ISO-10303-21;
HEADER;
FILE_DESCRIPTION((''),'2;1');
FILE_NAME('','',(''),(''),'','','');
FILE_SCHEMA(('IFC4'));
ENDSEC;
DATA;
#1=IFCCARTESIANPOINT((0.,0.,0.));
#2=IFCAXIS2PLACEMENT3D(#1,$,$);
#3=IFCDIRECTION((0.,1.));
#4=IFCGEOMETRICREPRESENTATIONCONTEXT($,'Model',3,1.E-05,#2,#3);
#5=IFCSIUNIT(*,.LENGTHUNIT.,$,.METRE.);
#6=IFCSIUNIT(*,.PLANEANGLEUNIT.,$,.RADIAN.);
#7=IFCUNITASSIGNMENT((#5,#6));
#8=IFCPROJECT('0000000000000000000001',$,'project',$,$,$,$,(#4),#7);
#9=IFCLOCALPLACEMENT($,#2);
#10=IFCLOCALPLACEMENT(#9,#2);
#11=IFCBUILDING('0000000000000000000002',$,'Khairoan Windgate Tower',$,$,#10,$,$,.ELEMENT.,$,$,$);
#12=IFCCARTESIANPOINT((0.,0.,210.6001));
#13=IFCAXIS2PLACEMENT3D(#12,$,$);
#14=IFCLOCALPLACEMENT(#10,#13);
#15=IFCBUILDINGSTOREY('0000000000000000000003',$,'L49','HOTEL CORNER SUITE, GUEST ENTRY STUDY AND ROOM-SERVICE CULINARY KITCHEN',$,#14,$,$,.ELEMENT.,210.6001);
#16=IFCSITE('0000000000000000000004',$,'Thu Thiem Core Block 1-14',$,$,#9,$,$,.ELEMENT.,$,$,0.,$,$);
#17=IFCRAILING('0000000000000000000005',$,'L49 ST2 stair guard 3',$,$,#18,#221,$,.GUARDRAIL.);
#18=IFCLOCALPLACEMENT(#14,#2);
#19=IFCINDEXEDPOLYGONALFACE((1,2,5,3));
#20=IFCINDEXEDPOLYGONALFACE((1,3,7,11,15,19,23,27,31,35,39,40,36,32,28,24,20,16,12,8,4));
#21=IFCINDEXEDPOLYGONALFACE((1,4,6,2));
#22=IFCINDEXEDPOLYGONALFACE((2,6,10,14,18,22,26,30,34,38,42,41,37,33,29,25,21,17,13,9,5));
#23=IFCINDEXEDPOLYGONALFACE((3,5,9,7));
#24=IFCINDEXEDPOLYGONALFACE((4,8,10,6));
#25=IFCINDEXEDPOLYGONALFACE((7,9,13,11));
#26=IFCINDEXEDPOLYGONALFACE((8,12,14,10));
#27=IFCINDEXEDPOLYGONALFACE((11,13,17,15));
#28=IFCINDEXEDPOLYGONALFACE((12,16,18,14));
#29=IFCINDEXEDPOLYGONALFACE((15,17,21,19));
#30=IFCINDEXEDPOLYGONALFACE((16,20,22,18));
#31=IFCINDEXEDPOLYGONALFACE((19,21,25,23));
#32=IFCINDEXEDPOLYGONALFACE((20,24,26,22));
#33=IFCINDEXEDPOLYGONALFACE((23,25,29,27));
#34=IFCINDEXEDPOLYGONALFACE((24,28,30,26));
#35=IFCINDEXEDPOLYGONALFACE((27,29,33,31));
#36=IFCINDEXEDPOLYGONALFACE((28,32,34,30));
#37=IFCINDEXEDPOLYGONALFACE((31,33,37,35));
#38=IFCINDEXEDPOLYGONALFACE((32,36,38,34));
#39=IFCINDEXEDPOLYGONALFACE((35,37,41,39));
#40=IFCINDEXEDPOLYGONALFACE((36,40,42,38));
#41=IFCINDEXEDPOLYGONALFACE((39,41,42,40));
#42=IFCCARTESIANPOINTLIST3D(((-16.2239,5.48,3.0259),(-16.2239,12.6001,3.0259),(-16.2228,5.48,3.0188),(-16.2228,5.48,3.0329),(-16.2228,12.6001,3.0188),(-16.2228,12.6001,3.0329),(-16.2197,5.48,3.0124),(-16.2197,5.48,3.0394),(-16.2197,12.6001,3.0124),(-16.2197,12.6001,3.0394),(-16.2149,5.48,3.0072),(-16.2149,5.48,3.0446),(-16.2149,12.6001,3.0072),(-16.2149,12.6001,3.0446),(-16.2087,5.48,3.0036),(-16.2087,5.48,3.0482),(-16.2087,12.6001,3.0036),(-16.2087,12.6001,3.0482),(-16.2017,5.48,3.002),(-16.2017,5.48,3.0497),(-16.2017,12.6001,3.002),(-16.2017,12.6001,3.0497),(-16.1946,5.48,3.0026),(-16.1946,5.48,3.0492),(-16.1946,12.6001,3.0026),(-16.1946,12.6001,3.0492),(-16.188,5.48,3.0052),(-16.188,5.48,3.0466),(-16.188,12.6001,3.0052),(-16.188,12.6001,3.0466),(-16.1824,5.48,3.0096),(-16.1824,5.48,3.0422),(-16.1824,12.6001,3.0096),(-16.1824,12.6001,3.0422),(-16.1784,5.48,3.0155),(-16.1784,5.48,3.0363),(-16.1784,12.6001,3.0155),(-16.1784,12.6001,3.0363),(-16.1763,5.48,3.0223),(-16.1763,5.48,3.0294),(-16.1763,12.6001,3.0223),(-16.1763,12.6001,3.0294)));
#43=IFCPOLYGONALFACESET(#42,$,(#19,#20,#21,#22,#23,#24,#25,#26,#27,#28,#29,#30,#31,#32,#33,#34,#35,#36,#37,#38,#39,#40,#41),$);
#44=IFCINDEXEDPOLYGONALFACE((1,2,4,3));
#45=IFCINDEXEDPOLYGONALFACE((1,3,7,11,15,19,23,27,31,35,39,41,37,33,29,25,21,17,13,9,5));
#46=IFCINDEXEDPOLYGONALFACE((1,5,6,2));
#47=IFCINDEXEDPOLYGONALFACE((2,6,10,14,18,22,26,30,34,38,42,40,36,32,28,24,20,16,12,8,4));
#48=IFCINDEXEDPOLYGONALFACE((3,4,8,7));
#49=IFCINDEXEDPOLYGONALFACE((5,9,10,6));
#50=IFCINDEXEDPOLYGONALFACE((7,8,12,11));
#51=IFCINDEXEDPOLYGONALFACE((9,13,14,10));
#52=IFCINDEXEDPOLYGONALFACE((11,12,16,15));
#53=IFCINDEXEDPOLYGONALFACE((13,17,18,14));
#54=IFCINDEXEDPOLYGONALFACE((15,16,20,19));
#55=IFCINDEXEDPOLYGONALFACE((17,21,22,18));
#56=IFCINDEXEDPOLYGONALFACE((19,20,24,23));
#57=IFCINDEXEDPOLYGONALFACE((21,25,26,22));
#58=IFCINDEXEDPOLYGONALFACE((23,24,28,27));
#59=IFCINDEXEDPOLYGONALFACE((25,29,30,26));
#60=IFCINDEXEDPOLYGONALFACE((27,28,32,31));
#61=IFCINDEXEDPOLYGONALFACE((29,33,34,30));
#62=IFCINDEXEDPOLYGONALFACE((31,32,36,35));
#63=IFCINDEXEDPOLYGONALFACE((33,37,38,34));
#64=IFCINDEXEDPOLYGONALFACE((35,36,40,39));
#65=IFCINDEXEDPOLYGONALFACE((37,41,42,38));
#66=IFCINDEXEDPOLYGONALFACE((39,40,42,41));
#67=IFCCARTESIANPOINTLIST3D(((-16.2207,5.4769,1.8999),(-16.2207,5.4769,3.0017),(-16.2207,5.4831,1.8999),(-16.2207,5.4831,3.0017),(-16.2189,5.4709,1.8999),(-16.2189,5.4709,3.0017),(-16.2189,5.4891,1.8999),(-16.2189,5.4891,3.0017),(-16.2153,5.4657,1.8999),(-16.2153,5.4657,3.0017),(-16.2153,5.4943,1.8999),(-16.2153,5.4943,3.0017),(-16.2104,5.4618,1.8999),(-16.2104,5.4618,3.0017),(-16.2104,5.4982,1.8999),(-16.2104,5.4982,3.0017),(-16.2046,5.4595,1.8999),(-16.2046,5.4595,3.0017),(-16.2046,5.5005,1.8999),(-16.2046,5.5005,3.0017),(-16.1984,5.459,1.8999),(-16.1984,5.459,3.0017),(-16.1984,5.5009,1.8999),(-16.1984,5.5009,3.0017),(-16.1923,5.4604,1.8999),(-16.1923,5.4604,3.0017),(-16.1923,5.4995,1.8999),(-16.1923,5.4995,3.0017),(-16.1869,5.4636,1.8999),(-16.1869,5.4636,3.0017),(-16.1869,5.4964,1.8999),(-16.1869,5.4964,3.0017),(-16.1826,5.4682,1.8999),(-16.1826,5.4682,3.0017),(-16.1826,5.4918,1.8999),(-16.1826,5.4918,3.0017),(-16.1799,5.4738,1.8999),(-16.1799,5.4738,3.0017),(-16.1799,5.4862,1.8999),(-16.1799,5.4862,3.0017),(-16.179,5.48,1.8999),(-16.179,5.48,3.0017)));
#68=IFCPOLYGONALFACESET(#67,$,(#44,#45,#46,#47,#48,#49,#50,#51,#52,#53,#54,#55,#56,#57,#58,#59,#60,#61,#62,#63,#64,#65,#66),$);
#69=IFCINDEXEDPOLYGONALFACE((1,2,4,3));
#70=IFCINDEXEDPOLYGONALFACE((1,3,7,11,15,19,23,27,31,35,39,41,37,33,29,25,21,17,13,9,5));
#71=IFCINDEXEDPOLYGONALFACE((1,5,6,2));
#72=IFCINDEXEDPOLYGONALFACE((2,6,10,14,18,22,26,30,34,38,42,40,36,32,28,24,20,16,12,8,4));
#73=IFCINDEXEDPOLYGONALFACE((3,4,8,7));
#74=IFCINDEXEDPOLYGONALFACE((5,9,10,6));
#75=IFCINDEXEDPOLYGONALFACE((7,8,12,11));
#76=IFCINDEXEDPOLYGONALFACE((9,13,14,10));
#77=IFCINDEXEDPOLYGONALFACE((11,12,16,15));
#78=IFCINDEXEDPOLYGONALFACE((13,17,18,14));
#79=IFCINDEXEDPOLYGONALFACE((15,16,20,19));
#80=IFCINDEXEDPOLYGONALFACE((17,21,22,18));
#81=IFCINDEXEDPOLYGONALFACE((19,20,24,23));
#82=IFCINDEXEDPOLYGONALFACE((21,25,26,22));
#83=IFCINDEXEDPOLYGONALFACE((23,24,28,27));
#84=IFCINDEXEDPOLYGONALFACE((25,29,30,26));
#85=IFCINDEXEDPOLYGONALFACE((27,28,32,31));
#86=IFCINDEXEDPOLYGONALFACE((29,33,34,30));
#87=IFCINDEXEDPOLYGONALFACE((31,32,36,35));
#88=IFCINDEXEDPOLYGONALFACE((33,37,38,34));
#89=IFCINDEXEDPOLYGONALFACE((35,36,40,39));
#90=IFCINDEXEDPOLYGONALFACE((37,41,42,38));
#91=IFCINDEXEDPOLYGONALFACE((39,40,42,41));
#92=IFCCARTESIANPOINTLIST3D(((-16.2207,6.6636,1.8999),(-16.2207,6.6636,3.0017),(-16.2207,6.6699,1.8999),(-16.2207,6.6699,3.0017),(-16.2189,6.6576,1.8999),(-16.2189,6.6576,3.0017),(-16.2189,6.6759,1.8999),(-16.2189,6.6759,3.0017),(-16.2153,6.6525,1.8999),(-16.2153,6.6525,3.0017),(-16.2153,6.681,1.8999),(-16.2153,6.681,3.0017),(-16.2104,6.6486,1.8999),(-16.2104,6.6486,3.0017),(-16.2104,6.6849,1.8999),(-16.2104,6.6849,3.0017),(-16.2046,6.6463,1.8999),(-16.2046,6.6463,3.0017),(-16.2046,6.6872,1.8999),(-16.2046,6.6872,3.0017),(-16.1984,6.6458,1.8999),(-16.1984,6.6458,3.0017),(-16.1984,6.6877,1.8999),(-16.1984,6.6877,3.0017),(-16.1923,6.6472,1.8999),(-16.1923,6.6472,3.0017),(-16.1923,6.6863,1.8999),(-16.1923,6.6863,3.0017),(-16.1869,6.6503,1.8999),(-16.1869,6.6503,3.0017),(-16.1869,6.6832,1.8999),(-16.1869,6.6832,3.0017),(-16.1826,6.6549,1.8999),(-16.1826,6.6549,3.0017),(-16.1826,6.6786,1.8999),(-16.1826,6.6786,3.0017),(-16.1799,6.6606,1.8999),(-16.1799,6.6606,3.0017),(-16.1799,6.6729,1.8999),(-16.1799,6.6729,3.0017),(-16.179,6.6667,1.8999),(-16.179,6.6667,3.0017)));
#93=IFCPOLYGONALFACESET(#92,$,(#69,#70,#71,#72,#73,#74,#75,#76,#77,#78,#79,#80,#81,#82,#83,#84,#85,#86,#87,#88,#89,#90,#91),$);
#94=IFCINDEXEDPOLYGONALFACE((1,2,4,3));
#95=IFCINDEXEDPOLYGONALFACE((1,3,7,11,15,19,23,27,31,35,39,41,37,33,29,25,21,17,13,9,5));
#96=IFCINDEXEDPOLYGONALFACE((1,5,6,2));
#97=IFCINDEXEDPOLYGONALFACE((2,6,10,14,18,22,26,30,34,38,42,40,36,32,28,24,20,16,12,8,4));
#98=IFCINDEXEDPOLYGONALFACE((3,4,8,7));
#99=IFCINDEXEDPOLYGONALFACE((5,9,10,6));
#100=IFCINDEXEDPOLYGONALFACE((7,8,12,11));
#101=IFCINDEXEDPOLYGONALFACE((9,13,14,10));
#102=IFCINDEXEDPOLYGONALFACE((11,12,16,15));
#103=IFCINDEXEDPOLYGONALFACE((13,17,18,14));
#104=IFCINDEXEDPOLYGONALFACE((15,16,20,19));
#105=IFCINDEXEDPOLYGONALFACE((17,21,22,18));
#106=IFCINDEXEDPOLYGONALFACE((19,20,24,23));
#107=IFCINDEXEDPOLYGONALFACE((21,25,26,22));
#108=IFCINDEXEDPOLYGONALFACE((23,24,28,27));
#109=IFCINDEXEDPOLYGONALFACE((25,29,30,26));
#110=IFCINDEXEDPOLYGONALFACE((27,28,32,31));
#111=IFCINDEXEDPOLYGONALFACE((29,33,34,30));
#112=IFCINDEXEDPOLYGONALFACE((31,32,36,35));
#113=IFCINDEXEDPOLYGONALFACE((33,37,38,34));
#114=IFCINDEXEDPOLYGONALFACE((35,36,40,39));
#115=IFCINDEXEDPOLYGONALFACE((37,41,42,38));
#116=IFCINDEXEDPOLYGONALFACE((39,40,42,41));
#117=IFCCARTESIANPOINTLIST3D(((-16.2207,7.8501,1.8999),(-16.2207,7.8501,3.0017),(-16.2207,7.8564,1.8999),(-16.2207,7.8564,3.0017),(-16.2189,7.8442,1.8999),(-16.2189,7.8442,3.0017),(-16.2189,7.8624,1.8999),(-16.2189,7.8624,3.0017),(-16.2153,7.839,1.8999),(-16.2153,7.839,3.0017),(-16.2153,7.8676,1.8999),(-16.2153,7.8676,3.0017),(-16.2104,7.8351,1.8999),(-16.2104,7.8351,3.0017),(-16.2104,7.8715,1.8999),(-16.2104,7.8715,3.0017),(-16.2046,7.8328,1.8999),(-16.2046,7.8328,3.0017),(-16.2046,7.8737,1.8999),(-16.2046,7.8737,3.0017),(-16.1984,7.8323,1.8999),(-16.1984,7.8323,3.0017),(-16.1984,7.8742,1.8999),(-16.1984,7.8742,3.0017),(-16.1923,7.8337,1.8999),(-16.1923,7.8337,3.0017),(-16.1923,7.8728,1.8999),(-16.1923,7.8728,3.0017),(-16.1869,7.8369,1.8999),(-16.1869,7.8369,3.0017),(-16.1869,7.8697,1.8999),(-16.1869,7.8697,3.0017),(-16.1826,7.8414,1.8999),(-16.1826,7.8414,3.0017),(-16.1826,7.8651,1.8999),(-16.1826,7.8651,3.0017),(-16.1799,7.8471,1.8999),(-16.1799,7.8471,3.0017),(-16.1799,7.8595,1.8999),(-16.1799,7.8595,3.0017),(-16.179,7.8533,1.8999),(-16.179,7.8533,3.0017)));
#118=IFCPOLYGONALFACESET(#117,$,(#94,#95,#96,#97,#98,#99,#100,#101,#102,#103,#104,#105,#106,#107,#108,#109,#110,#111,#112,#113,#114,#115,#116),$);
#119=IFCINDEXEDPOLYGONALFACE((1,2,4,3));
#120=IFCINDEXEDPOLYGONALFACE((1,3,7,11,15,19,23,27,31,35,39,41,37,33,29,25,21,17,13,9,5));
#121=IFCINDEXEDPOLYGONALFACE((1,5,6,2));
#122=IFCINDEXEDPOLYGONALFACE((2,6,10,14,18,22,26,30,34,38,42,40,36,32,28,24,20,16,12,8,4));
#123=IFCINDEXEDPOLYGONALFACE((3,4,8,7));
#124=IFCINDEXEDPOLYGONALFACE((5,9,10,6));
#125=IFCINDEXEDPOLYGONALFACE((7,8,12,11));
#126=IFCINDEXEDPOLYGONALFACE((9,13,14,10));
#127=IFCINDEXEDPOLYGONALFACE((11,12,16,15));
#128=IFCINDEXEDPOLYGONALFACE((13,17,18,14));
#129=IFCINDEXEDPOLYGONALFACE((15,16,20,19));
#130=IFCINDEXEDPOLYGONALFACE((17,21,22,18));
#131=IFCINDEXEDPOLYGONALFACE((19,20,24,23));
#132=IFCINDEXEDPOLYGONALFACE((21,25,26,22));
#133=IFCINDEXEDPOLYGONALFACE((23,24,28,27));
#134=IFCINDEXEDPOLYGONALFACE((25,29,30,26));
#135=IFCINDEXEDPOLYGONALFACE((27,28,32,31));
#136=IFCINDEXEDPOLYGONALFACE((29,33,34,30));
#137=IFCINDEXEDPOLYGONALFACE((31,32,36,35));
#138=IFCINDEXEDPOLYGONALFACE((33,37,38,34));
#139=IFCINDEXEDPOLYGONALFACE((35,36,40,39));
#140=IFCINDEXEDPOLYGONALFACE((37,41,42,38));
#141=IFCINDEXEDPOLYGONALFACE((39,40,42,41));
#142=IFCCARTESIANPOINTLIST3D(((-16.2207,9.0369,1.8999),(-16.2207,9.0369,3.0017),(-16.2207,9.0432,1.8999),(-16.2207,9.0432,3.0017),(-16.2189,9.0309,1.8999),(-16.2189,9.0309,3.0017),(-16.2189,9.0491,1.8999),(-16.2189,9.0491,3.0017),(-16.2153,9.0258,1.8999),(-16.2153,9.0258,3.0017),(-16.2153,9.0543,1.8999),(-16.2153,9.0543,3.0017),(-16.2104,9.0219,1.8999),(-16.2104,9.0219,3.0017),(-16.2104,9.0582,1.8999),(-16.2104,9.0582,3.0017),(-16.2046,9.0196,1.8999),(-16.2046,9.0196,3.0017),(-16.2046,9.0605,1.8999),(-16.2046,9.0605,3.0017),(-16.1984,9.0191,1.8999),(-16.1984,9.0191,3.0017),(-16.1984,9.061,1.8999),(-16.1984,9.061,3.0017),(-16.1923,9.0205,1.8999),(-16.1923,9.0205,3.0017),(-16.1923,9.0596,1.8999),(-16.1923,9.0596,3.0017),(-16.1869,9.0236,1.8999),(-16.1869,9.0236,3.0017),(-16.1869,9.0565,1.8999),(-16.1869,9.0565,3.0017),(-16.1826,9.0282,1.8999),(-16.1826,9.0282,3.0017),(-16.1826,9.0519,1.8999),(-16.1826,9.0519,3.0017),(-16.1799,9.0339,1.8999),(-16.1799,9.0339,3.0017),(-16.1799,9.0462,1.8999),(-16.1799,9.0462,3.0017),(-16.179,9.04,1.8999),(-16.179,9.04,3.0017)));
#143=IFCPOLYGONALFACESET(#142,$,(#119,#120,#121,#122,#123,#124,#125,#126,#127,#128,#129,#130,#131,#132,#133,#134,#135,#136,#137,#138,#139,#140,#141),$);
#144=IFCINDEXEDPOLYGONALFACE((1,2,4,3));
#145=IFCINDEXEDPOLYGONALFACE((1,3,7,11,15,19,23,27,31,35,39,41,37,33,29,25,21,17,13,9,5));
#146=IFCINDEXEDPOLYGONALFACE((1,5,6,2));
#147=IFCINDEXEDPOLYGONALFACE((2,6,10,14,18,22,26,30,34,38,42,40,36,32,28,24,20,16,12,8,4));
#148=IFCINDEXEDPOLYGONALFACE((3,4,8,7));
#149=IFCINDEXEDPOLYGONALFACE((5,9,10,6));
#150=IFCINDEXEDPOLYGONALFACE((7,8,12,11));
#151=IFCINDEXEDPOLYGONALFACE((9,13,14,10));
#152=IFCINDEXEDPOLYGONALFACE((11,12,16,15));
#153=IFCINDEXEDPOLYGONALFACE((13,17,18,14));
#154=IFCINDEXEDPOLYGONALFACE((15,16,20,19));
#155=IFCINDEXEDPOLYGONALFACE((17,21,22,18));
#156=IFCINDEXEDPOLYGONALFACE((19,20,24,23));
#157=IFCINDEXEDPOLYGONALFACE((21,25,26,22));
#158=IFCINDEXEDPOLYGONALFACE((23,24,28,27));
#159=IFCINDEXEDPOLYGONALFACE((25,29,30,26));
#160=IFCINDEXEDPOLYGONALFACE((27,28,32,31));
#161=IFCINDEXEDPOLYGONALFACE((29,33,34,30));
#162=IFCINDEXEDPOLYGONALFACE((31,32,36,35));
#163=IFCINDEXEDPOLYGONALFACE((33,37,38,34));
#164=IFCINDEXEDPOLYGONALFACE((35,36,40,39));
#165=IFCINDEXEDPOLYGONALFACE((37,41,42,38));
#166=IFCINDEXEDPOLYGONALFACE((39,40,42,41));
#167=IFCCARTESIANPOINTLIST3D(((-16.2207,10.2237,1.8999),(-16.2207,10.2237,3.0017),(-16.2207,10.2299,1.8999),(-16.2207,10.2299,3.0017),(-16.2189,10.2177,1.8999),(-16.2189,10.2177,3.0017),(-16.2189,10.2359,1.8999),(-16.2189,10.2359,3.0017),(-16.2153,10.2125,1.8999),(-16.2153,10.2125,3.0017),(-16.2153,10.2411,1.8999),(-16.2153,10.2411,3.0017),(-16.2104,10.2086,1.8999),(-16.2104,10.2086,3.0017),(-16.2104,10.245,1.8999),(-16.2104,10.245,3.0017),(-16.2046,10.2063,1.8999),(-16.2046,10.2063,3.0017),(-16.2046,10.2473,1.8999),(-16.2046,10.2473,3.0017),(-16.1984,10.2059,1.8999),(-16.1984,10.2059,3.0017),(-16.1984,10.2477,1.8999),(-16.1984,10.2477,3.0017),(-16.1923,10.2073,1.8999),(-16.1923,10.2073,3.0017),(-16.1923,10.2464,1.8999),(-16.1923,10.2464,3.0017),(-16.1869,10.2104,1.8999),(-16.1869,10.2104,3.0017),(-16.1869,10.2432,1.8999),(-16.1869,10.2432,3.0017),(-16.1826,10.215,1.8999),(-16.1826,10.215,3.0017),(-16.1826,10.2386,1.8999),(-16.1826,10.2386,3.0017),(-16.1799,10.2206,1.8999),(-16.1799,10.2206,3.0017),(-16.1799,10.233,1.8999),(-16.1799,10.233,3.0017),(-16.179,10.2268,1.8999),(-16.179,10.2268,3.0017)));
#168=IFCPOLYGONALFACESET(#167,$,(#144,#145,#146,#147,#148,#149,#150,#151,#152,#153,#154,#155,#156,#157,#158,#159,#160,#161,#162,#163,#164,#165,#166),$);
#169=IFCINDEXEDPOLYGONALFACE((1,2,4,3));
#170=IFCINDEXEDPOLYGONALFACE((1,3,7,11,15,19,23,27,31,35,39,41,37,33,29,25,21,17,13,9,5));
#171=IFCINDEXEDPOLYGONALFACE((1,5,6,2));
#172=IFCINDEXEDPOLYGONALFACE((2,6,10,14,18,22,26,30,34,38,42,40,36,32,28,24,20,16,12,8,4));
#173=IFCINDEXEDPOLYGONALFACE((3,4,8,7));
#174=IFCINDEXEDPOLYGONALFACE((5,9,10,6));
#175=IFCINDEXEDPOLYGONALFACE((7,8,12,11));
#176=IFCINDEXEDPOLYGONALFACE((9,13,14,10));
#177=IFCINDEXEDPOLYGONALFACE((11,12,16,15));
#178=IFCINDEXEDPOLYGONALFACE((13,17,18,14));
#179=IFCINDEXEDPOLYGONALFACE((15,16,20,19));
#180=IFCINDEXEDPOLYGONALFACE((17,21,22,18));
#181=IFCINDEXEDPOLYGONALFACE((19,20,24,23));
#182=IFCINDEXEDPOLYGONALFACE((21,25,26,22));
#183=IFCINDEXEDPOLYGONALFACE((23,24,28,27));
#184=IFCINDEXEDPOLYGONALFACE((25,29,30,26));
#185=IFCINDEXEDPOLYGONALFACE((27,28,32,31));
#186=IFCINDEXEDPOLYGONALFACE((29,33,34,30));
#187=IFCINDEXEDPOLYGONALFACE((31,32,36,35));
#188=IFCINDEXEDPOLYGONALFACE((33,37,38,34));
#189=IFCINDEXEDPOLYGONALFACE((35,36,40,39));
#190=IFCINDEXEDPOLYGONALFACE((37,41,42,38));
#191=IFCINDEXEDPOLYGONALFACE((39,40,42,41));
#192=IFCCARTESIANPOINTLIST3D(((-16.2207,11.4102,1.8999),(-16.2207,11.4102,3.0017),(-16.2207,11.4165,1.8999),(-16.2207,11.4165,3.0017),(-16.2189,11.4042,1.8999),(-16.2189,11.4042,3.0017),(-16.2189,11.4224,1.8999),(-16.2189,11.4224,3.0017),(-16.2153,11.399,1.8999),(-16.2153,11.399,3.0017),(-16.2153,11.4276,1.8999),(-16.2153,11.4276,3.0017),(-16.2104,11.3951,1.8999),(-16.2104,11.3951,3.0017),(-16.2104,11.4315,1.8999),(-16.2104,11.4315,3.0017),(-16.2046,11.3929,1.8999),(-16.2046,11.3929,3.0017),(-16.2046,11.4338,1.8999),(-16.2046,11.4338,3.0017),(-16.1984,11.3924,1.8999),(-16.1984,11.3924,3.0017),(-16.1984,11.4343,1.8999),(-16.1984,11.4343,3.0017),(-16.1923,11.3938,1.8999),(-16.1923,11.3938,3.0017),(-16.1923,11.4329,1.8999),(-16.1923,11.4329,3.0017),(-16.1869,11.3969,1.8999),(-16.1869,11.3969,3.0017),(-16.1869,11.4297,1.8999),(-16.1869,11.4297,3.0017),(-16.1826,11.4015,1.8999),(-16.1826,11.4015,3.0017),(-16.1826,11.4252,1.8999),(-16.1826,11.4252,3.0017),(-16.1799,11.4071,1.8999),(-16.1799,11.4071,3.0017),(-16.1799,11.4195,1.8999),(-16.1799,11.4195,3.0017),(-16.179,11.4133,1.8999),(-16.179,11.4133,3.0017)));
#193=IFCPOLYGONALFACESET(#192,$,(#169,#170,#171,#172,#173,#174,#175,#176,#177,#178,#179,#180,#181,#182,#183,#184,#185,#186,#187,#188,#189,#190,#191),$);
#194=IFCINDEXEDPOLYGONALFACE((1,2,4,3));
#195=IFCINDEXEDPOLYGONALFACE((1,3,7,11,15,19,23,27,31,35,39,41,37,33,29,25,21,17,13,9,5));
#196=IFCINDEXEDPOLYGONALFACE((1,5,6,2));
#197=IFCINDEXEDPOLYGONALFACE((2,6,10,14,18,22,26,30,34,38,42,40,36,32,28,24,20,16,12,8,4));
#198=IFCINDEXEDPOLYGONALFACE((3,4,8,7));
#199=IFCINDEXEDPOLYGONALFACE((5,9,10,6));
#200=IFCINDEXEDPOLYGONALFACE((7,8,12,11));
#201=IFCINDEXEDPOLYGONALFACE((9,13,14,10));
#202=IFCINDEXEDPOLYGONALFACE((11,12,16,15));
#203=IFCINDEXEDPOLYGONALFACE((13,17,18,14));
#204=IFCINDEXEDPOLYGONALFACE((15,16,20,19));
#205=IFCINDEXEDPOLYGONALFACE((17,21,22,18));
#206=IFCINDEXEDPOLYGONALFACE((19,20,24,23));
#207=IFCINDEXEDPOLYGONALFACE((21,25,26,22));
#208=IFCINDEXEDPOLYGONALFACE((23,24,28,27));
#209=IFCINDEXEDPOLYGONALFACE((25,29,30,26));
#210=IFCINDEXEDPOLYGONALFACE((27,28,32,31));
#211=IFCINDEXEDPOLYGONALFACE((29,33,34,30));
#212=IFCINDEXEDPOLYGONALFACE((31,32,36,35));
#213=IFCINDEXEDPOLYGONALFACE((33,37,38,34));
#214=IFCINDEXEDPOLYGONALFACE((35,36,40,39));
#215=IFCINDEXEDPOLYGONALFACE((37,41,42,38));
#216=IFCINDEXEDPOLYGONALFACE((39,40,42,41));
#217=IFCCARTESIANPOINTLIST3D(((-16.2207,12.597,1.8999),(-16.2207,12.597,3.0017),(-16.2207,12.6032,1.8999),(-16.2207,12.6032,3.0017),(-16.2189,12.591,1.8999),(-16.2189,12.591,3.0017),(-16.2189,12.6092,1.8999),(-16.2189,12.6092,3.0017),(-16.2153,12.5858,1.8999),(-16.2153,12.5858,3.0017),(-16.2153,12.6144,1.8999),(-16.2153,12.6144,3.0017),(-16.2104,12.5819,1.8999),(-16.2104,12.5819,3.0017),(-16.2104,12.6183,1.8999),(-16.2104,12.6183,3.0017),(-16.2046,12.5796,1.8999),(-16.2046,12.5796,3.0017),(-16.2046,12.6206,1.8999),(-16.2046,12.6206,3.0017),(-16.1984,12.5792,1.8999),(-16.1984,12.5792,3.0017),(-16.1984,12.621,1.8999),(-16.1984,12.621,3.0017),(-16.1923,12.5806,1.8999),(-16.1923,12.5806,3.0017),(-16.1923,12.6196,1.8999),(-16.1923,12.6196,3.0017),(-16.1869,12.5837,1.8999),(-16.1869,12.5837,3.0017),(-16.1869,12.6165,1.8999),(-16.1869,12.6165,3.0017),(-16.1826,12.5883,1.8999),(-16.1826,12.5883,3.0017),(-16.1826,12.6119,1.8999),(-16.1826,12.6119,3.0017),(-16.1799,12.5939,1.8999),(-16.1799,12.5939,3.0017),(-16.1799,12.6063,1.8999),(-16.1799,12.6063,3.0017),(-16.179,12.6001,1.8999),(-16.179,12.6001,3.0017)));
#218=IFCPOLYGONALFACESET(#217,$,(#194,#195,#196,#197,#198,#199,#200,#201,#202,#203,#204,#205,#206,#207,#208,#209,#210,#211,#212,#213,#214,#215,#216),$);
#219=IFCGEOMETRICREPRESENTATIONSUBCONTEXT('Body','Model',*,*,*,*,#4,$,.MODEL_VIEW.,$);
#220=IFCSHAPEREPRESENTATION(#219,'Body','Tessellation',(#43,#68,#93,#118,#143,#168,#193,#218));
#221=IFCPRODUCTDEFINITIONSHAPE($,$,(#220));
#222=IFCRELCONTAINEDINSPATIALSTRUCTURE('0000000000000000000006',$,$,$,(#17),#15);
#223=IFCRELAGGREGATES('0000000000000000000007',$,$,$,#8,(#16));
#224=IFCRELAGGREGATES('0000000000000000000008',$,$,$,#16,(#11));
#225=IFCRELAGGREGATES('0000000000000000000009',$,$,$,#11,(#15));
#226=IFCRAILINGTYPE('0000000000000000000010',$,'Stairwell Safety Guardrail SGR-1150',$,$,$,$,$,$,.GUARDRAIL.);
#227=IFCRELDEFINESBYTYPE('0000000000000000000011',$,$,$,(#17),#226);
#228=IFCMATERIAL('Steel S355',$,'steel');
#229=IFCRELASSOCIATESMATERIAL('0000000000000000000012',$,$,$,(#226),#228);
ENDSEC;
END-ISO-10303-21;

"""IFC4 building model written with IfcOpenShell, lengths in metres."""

from ifc_helpers import new_model, si_unit, direction, frame, origin, origin_2d, place, context, subcontext, project, spatial, circle, extrude, material, type_object, element, save


model = new_model("IFC4")

# Units and contexts
model_context = context("Model", 3, precision=1e-05, world=origin(), true_north=direction((0.0, 1.0)))
body_context = subcontext(model_context, "Body", "Model", "MODEL_VIEW")
ifc_project = project(units=[si_unit("LENGTHUNIT", "METRE"), si_unit("PLANEANGLEUNIT", "RADIAN")], contexts=[model_context])

# Site, building, storey
site_placement = place(None, origin())
site = spatial("IfcSite", under=ifc_project, at=site_placement, Name="Thu Thiem Core Block 1-14", CompositionType="ELEMENT", RefElevation=0.0)
building_placement = place(site_placement, origin())
building = spatial("IfcBuilding", under=site, at=building_placement, Name="Khairoan Windgate Tower", CompositionType="ELEMENT")
storey_placement = place(building_placement, frame((0.0, 0.0, 210.6001)))
storey = spatial("IfcBuildingStorey", under=building, at=storey_placement, Name="L49", Description="HOTEL CORNER SUITE, GUEST ENTRY STUDY AND ROOM-SERVICE CULINARY KITCHEN", CompositionType="ELEMENT", Elevation=210.6001)

# Railing
ifc_material_1 = material(Name="Steel S355", Category="steel")
railing_type_1 = type_object("IfcRailingType", Name="Stairwell Safety Guardrail SGR-1150", PredefinedType="GUARDRAIL", material=ifc_material_1)
railing_1_placement = place(storey_placement, frame((-16.2, 5.48, 1.8999)))
element("IfcRailing", 1, at=railing_1_placement, inside=storey, type_object=railing_type_1, Name="L49 ST2 stair guard 3", PredefinedType="GUARDRAIL", context=body_context, shape_type="SweptSolid", body=[
    extrude(circle(Radius=0.0239, at=origin_2d()), frame((0.0, 0.0, 1.126), z_axis=(0.0, 1.0, 0.0), x_axis=(-1.0, 0.0, 0.0)), (0.0, 0.0, 1.0), 7.1201),
    extrude(circle(Radius=0.021, at=origin_2d()), origin(), (0.0, 0.0, 1.0), 1.1018),
    extrude(circle(Radius=0.021, at=origin_2d()), frame((0.0, 1.1868, 0.0)), (0.0, 0.0, 1.0), 1.1018),
    extrude(circle(Radius=0.021, at=origin_2d()), frame((0.0, 2.3733, 0.0)), (0.0, 0.0, 1.0), 1.1018),
    extrude(circle(Radius=0.021, at=origin_2d()), frame((0.0, 3.5601, 0.0)), (0.0, 0.0, 1.0), 1.1018),
    extrude(circle(Radius=0.021, at=origin_2d()), frame((0.0, 4.7468, 0.0)), (0.0, 0.0, 1.0), 1.1018),
    extrude(circle(Radius=0.021, at=origin_2d()), frame((0.0, 5.9333, 0.0)), (0.0, 0.0, 1.0), 1.1018),
    extrude(circle(Radius=0.021, at=origin_2d()), frame((0.0, 7.1201, 0.0)), (0.0, 0.0, 1.0), 1.1018),
])

save(model, "model.ifc")
